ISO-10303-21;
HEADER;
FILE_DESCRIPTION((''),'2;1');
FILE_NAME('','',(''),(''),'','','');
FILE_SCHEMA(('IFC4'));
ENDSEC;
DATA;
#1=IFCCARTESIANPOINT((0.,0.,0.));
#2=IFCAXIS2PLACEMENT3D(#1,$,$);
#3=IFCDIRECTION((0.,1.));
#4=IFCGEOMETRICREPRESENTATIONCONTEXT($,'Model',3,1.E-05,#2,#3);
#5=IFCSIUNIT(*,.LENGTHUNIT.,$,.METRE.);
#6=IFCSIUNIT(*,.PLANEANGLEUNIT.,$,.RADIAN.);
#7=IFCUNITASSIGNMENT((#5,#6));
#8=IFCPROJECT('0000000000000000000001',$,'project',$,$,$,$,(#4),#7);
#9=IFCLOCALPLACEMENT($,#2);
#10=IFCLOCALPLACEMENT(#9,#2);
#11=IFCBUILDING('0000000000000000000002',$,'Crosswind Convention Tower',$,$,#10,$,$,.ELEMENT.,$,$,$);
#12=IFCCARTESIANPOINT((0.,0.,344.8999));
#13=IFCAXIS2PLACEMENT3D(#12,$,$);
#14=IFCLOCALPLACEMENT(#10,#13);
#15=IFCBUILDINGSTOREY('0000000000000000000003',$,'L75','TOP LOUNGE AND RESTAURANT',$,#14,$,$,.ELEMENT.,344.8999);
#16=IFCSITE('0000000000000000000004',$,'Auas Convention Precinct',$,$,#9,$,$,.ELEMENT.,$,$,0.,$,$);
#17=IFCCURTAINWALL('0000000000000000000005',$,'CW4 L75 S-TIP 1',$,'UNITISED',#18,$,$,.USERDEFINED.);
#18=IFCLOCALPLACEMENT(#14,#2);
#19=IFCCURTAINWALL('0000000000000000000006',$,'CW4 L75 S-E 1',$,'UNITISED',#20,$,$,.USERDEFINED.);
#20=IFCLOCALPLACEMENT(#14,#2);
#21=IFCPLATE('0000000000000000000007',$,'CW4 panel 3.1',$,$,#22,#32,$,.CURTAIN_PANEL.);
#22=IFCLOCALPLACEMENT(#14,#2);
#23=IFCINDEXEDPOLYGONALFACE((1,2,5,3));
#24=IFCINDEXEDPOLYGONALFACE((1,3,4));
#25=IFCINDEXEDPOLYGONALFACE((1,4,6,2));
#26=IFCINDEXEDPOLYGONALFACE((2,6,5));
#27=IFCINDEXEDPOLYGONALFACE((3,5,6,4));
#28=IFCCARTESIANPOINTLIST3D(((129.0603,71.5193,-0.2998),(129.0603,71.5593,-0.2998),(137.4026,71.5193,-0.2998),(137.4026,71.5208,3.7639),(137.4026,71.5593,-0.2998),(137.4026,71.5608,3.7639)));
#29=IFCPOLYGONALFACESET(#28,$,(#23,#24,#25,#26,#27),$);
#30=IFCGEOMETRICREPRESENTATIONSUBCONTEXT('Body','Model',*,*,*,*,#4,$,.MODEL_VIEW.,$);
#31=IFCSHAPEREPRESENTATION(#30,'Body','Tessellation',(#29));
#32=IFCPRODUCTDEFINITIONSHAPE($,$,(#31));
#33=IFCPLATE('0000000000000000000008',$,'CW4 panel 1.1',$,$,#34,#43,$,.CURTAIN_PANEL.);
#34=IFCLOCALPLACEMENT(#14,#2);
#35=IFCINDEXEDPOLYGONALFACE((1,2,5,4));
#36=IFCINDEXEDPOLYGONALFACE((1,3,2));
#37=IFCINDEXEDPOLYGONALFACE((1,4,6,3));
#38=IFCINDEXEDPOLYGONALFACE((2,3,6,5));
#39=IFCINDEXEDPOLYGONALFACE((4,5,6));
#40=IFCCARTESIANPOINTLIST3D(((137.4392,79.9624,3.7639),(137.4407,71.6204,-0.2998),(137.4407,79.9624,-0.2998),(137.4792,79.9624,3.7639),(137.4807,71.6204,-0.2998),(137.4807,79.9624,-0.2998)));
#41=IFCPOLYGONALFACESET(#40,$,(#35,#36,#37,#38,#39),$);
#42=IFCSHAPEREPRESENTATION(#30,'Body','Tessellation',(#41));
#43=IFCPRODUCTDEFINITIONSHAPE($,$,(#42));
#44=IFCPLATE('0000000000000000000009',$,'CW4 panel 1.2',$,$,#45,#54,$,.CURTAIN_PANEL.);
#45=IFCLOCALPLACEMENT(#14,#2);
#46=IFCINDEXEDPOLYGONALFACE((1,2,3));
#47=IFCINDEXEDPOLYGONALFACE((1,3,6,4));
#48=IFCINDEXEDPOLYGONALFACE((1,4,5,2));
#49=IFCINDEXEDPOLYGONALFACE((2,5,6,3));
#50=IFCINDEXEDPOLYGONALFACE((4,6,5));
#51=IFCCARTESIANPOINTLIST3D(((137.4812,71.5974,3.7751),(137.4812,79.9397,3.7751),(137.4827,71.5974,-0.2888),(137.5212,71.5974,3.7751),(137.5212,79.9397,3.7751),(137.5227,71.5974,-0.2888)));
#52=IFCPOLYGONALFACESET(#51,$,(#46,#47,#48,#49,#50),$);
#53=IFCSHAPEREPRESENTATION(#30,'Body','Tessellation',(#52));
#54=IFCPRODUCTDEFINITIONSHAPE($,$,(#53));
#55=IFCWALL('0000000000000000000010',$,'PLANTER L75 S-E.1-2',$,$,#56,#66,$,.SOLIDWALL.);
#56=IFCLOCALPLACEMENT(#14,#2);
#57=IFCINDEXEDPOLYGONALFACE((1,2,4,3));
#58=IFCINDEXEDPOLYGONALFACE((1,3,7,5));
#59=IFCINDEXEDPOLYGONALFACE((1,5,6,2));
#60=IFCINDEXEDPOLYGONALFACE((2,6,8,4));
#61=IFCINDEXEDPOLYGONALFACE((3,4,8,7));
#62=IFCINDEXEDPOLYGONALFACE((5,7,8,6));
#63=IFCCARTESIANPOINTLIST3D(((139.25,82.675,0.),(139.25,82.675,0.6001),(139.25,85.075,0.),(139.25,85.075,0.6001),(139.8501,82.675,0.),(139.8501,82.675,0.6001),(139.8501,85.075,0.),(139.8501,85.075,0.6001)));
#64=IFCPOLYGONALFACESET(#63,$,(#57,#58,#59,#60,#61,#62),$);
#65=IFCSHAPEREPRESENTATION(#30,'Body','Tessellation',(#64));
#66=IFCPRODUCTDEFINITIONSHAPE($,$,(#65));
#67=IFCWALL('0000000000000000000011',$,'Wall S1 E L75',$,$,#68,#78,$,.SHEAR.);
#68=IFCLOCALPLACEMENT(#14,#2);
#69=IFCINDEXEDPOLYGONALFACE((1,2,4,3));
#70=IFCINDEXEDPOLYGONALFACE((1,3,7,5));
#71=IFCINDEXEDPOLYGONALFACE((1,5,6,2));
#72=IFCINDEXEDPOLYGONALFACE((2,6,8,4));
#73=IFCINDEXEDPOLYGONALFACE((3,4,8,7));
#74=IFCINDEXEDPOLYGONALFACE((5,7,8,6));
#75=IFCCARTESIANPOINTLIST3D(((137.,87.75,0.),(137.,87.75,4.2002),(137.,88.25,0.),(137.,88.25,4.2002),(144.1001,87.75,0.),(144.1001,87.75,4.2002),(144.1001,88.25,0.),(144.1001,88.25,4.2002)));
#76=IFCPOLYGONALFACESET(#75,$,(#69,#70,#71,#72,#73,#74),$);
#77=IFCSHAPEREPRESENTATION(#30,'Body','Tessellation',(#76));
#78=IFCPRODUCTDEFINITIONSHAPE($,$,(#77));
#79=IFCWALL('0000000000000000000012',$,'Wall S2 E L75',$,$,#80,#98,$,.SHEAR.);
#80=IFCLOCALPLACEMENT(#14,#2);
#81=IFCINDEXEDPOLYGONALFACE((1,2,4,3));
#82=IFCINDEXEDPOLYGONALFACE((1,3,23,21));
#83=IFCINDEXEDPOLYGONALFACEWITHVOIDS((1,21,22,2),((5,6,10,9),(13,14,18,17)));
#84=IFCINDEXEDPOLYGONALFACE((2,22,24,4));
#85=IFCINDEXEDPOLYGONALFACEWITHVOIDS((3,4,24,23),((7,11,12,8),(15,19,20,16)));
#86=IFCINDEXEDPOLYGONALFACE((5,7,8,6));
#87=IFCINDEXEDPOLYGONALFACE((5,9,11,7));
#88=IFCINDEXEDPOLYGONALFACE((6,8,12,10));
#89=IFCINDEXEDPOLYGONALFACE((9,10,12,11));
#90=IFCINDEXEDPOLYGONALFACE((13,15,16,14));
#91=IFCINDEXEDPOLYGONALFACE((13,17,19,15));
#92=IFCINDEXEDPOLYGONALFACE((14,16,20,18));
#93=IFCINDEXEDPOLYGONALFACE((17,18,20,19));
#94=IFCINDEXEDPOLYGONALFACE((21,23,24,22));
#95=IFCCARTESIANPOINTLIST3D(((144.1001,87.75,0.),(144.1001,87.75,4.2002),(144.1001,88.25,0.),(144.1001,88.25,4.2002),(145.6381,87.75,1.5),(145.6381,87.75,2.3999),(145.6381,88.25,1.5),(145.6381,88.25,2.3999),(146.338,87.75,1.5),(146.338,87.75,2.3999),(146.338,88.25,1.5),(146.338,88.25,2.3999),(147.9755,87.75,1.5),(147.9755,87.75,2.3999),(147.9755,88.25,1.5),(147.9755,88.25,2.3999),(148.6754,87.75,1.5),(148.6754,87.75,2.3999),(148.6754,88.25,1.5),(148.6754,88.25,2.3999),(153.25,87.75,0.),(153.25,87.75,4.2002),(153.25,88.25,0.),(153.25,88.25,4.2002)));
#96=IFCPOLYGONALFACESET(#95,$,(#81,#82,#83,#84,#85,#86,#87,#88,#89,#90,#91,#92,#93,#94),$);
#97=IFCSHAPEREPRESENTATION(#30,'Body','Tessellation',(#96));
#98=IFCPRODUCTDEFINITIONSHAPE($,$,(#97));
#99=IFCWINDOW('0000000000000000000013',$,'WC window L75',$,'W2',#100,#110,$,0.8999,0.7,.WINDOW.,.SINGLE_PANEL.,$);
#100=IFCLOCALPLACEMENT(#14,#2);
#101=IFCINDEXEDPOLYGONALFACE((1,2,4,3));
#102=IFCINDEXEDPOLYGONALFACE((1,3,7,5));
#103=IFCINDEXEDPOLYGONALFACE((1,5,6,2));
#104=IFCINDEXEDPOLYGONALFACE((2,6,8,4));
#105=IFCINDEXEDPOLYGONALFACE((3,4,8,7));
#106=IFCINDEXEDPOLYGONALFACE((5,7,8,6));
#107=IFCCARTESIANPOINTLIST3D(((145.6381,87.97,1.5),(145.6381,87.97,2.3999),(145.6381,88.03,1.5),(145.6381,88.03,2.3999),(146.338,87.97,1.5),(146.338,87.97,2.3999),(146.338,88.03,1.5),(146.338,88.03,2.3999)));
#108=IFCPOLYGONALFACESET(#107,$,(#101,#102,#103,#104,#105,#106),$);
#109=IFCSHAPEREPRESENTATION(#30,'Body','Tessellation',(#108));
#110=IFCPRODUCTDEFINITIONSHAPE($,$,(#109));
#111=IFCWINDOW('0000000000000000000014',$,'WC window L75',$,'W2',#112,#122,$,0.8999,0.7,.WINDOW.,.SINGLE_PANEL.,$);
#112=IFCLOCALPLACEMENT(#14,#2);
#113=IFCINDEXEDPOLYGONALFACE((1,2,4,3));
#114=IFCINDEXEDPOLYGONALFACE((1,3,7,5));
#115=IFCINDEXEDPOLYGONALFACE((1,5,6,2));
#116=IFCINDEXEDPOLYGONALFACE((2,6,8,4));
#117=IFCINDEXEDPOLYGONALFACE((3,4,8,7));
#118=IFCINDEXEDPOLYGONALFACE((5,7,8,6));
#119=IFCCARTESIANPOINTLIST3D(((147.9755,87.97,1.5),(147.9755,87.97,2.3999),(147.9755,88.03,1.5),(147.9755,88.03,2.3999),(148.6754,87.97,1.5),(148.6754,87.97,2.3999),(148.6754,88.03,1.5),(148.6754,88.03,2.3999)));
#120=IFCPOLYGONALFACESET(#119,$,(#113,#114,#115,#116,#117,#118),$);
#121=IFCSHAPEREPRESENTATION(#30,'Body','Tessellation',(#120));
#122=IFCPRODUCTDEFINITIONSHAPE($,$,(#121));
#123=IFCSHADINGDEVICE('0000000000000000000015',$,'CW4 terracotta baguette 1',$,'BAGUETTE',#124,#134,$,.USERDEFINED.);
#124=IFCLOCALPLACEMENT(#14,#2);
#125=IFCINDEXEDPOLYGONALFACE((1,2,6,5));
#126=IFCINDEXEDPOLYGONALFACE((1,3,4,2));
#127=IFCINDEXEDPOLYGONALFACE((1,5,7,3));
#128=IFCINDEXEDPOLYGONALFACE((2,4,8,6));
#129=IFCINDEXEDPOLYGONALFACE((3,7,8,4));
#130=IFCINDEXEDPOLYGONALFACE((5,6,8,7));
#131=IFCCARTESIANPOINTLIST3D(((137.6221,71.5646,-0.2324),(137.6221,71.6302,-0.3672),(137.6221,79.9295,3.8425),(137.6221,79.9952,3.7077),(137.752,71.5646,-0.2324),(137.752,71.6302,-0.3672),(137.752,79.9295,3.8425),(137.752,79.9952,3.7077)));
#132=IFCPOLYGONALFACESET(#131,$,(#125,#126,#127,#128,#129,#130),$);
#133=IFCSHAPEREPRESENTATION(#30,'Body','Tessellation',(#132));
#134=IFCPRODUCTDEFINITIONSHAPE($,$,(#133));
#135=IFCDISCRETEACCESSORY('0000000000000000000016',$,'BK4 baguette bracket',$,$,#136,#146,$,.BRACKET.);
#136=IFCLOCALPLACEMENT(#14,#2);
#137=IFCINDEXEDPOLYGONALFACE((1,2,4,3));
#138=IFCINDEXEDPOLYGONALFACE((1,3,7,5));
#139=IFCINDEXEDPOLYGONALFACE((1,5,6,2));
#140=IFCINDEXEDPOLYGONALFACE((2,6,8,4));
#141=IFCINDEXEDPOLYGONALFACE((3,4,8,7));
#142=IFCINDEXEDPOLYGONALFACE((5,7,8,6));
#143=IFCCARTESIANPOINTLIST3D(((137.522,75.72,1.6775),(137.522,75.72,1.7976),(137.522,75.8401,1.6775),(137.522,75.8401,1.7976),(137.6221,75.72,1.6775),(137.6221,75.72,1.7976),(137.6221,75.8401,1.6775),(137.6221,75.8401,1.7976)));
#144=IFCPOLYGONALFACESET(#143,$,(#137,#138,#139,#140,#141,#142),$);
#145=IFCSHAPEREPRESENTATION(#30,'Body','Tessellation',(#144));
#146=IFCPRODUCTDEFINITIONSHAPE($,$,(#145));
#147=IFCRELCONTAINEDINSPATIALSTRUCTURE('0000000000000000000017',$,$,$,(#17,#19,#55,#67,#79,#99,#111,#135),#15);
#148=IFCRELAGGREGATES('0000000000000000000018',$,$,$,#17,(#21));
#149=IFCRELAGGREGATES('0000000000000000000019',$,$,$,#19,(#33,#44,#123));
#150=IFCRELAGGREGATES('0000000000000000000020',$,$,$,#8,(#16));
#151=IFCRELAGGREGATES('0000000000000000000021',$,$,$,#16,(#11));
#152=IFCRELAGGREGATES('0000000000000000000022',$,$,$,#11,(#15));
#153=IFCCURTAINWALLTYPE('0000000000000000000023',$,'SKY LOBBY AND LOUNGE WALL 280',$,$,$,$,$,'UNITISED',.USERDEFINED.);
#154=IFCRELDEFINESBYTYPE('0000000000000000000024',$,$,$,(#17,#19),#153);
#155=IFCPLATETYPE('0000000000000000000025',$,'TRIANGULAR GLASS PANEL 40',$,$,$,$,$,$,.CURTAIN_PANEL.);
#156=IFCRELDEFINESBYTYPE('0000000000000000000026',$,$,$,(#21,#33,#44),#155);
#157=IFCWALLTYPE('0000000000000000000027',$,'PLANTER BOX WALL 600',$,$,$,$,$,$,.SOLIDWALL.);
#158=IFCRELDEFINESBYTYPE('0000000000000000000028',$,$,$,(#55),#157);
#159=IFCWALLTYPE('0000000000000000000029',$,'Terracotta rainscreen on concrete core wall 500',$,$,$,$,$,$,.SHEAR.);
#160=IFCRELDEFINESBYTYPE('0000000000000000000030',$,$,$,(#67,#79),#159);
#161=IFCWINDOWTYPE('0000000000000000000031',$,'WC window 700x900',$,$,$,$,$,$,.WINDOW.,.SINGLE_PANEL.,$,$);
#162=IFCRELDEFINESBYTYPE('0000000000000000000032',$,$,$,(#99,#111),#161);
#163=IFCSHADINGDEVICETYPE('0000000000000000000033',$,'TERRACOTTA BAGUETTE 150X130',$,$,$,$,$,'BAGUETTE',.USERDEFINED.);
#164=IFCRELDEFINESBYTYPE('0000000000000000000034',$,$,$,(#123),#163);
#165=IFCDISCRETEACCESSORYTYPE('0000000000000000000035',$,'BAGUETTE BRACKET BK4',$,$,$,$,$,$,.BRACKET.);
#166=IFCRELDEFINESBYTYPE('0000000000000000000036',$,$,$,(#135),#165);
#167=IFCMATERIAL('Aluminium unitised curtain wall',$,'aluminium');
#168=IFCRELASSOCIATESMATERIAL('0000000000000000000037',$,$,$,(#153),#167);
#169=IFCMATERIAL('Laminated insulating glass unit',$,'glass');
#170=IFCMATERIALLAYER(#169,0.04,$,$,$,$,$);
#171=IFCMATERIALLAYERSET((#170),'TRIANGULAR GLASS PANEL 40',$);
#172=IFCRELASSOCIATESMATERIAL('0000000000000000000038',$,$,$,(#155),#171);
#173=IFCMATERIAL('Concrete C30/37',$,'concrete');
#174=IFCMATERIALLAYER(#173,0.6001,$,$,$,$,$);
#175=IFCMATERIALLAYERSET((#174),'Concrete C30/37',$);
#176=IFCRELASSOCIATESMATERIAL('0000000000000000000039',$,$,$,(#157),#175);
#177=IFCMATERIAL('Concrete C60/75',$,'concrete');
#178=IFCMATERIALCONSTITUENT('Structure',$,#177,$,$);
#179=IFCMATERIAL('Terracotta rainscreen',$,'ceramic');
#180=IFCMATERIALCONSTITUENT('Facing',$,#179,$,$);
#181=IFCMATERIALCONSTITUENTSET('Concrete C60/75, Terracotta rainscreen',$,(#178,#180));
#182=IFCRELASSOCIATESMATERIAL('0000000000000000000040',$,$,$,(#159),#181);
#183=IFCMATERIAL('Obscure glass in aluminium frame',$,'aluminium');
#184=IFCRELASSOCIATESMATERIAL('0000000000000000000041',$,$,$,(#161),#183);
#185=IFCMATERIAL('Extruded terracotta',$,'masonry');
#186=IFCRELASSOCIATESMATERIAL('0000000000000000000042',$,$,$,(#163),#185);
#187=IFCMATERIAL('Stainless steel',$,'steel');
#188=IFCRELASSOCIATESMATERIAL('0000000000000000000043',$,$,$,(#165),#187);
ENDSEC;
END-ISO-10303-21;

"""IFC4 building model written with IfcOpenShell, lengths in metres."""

from ifc_helpers import new_model, si_unit, direction, frame, frame_2d, origin, origin_2d, place, context, subcontext, project, spatial, polyline, rectangle, outline, extrude, material, layer, layer_set, constituent, constituent_set, material_profile, profile_set, type_object, element, fill, aggregate, save


model = new_model("IFC4")

# Units and contexts
model_context = context("Model", 3, precision=1e-05, world=origin(), true_north=direction((0.0, 1.0)))
body_context = subcontext(model_context, "Body", "Model", "MODEL_VIEW")
ifc_project = project(units=[si_unit("LENGTHUNIT", "METRE"), si_unit("PLANEANGLEUNIT", "RADIAN")], contexts=[model_context])

# Site, building, storey
site_placement = place(None, origin())
site = spatial("IfcSite", under=ifc_project, at=site_placement, Name="Auas Convention Precinct", CompositionType="ELEMENT", RefElevation=0.0)
building_placement = place(site_placement, origin())
building = spatial("IfcBuilding", under=site, at=building_placement, Name="Crosswind Convention Tower", CompositionType="ELEMENT")
storey_placement = place(building_placement, frame((0.0, 0.0, 344.8999)))
storey = spatial("IfcBuildingStorey", under=building, at=storey_placement, Name="L75", Description="TOP LOUNGE AND RESTAURANT", CompositionType="ELEMENT", Elevation=344.8999)

# Curtain wall
ifc_material_1 = material(Name="Aluminium unitised curtain wall", Category="aluminium")
curtain_wall_type = type_object("IfcCurtainWallType", Name="SKY LOBBY AND LOUNGE WALL 280", ElementType="UNITISED", PredefinedType="USERDEFINED", material=ifc_material_1)
curtain_wall_1_placement = place(storey_placement, origin())
curtain_wall_1 = element("IfcCurtainWall", 1, at=curtain_wall_1_placement, inside=storey, type_object=curtain_wall_type, Name="CW4 L75 S-TIP 1", ObjectType="UNITISED", PredefinedType="USERDEFINED")

# Curtain wall
curtain_wall_2_placement = place(storey_placement, origin())
curtain_wall_2 = element("IfcCurtainWall", 2, at=curtain_wall_2_placement, inside=storey, type_object=curtain_wall_type, Name="CW4 L75 S-E 1", ObjectType="UNITISED", PredefinedType="USERDEFINED")

# Plates
ifc_material_2 = material(Name="Laminated insulating glass unit", Category="glass")
ifc_layer_1 = layer(ifc_material_2, 0.04)
ifc_layer_set_1 = layer_set([ifc_layer_1], Name="TRIANGULAR GLASS PANEL 40")
plate_type = type_object("IfcPlateType", Name="TRIANGULAR GLASS PANEL 40", PredefinedType="CURTAIN_PANEL", material=ifc_layer_set_1)
plate_1_placement = place(storey_placement, frame((137.4026, 71.5193, -0.2998), z_axis=(0.0, -1.0, 0.00036), x_axis=(0.0, 0.00036, 1.0)))
plate_1 = element("IfcPlate", 3, at=plate_1_placement, type_object=plate_type, Name="CW4 panel 3.1", PredefinedType="CURTAIN_PANEL", context=body_context, shape_type="SweptSolid", body=[
    extrude(outline(polyline([(0.0, 0.0), (4.0637, 0.0), (0.0, 8.3423), (0.0, 0.0)])), origin(), (0.0, 0.0, -1.0), 0.04),
])
aggregate(curtain_wall_1, [plate_1])
plate_2_placement = place(storey_placement, frame((137.4807, 79.9624, -0.2998), z_axis=(1.0, 0.0, 0.00036), x_axis=(-0.00036, 0.0, 1.0)))
plate_2 = element("IfcPlate", 4, at=plate_2_placement, type_object=plate_type, Name="CW4 panel 1.1", PredefinedType="CURTAIN_PANEL", context=body_context, shape_type="SweptSolid", body=[
    extrude(outline(polyline([(0.0, 0.0), (4.0637, 0.0), (0.0, 8.342), (0.0, 0.0)])), origin(), (0.0, 0.0, -1.0), 0.04),
])
plate_3_placement = place(storey_placement, frame((137.5212, 71.5974, 3.7751), z_axis=(1.0, 0.0, 0.00036), x_axis=(0.00036, 0.0, -1.0)))
plate_3 = element("IfcPlate", 5, at=plate_3_placement, type_object=plate_type, Name="CW4 panel 1.2", PredefinedType="CURTAIN_PANEL", context=body_context, shape_type="SweptSolid", body=[
    extrude(outline(polyline([(0.0, 0.0), (4.064, 0.0), (0.0, 8.3423), (0.0, 0.0)])), origin(), (0.0, 0.0, -1.0), 0.04),
])

# Wall
ifc_material_3 = material(Name="Concrete C30/37", Category="concrete")
ifc_layer_2 = layer(ifc_material_3, 0.6001)
ifc_layer_set_2 = layer_set([ifc_layer_2], Name="Concrete C30/37")
wall_type_1 = type_object("IfcWallType", Name="PLANTER BOX WALL 600", PredefinedType="SOLIDWALL", material=ifc_layer_set_2)
wall_1_placement = place(storey_placement, frame((139.55, 82.675, 0.0), z_axis=(0.0, 0.0, 1.0), x_axis=(0.0, 1.0, 0.0)))
element("IfcWall", 6, at=wall_1_placement, inside=storey, type_object=wall_type_1, Name="PLANTER L75 S-E.1-2", PredefinedType="SOLIDWALL", context=body_context, shape_type="SweptSolid", body=[
    extrude(rectangle(XDim=2.3999, YDim=0.6001, at=frame_2d((1.2, 0.0))), origin(), (0.0, 0.0, 1.0), 0.6001),
])

# Shared definitions
ifc_material_4 = material(Name="Terracotta rainscreen", Category="ceramic")

# Wall
ifc_material_5 = material(Name="Concrete C60/75", Category="concrete")
ifc_constituent_1 = constituent(ifc_material_5, Name="Structure")
ifc_constituent_2 = constituent(ifc_material_4, Name="Facing")
ifc_constituent_set = constituent_set(constituents=[ifc_constituent_1, ifc_constituent_2], Name="Concrete C60/75, Terracotta rainscreen")
wall_type_2 = type_object("IfcWallType", Name="Terracotta rainscreen on concrete core wall 500", PredefinedType="SHEAR", material=ifc_constituent_set)
wall_2_placement = place(storey_placement, frame((137.0, 88.0, 0.0), z_axis=(0.0, 0.0, 1.0), x_axis=(1.0, 0.0, 0.0)))
element("IfcWall", 7, at=wall_2_placement, inside=storey, type_object=wall_type_2, Name="Wall S1 E L75", PredefinedType="SHEAR", context=body_context, shape_type="SweptSolid", body=[
    extrude(rectangle(XDim=7.1001, YDim=0.5, at=frame_2d((3.55, 0.0))), origin(), (0.0, 0.0, 1.0), 4.2002),
])

# Wall, openings, windows
wall_3_placement = place(storey_placement, frame((144.1001, 88.0, 0.0), z_axis=(0.0, 0.0, 1.0), x_axis=(1.0, 0.0, 0.0)))
wall_3 = element("IfcWall", 8, at=wall_3_placement, inside=storey, type_object=wall_type_2, Name="Wall S2 E L75", PredefinedType="SHEAR", context=body_context, shape_type="SweptSolid", body=[
    extrude(rectangle(XDim=9.1499, YDim=0.5, at=frame_2d((4.575, 0.0))), origin(), (0.0, 0.0, 1.0), 4.2002),
])
opening_1_placement = place(wall_3_placement, frame((1.5378, 0.0, 1.5)))
opening_1 = element("IfcOpeningElement", 9, at=opening_1_placement, cuts=wall_3, PredefinedType="OPENING", context=body_context, shape_type="SweptSolid", body=[
    extrude(rectangle(XDim=0.7, YDim=0.8999, at=frame_2d((0.3501, 0.45))), frame((0.0, 0.26, 0.0), z_axis=(0.0, -1.0, 0.0), x_axis=(1.0, 0.0, 0.0)), (0.0, 0.0, 1.0), 0.52),
])
opening_2_placement = place(wall_3_placement, frame((3.8752, 0.0, 1.5)))
opening_2 = element("IfcOpeningElement", 10, at=opening_2_placement, cuts=wall_3, PredefinedType="OPENING", context=body_context, shape_type="SweptSolid", body=[
    extrude(rectangle(XDim=0.7, YDim=0.8999, at=frame_2d((0.3501, 0.45))), frame((0.0, 0.26, 0.0), z_axis=(0.0, -1.0, 0.0), x_axis=(1.0, 0.0, 0.0)), (0.0, 0.0, 1.0), 0.52),
])
ifc_material_6 = material(Name="Obscure glass in aluminium frame", Category="aluminium")
window_type = type_object("IfcWindowType", Name="WC window 700x900", PartitioningType="SINGLE_PANEL", PredefinedType="WINDOW", material=ifc_material_6)
window_1_placement = place(opening_1_placement, origin())
window_1 = element("IfcWindow", 11, at=window_1_placement, inside=storey, type_object=window_type, Name="WC window L75", ObjectType="W2", OverallHeight=0.8999, OverallWidth=0.7, PartitioningType="SINGLE_PANEL", PredefinedType="WINDOW", context=body_context, shape_type="SweptSolid", body=[
    extrude(rectangle(XDim=0.7, YDim=0.8999, at=frame_2d((0.3501, 0.45))), frame((0.0, 0.03, 0.0), z_axis=(0.0, -1.0, 0.0), x_axis=(1.0, 0.0, 0.0)), (0.0, 0.0, 1.0), 0.0601),
])
fill(opening_1, window_1)
window_2_placement = place(opening_2_placement, origin())
window_2 = element("IfcWindow", 12, at=window_2_placement, inside=storey, type_object=window_type, Name="WC window L75", ObjectType="W2", OverallHeight=0.8999, OverallWidth=0.7, PartitioningType="SINGLE_PANEL", PredefinedType="WINDOW", context=body_context, shape_type="SweptSolid", body=[
    extrude(rectangle(XDim=0.7, YDim=0.8999, at=frame_2d((0.3501, 0.45))), frame((0.0, 0.03, 0.0), z_axis=(0.0, -1.0, 0.0), x_axis=(1.0, 0.0, 0.0)), (0.0, 0.0, 1.0), 0.0601),
])
fill(opening_2, window_2)

# Shading device
ifc_material_7 = material(Name="Extruded terracotta", Category="masonry")
ifc_material_profile_1 = material_profile(ifc_material_7, rectangle(XDim=0.1299, YDim=0.1499, at=origin_2d()), Name="TC 130X150")
ifc_profile_set_1 = profile_set([ifc_material_profile_1], Name="Extruded terracotta")
shading_device_type = type_object("IfcShadingDeviceType", Name="TERRACOTTA BAGUETTE 150X130", ElementType="BAGUETTE", PredefinedType="USERDEFINED", material=ifc_profile_set_1)
shading_device_placement = place(storey_placement, frame((137.687, 71.5974, -0.2998), z_axis=(0.0, 0.899003, 0.437943), x_axis=(-1.0, 0.0, 0.0)))
shading_device = element("IfcShadingDevice", 13, at=shading_device_placement, type_object=shading_device_type, Name="CW4 terracotta baguette 1", ObjectType="BAGUETTE", PredefinedType="USERDEFINED", context=body_context, shape_type="SweptSolid", body=[
    extrude(rectangle(XDim=0.1299, YDim=0.1499, at=origin_2d()), origin(), (0.0, 0.0, 1.0), 9.3047),
])
aggregate(curtain_wall_2, [plate_2, plate_3, shading_device])

# Discrete accessory
ifc_material_8 = material(Name="Stainless steel", Category="steel")
discrete_accessory_type = type_object("IfcDiscreteAccessoryType", Name="BAGUETTE BRACKET BK4", PredefinedType="BRACKET", material=ifc_material_8)
discrete_accessory_placement = place(storey_placement, frame((137.572, 75.78, 1.6775), z_axis=(0.0, 0.0, 1.0), x_axis=(0.0, 1.0, 0.0)))
element("IfcDiscreteAccessory", 14, at=discrete_accessory_placement, inside=storey, type_object=discrete_accessory_type, Name="BK4 baguette bracket", PredefinedType="BRACKET", context=body_context, shape_type="SweptSolid", body=[
    extrude(rectangle(XDim=0.1201, YDim=0.1001, at=origin_2d()), origin(), (0.0, 0.0, 1.0), 0.1201),
])

save(model, "model.ifc")
